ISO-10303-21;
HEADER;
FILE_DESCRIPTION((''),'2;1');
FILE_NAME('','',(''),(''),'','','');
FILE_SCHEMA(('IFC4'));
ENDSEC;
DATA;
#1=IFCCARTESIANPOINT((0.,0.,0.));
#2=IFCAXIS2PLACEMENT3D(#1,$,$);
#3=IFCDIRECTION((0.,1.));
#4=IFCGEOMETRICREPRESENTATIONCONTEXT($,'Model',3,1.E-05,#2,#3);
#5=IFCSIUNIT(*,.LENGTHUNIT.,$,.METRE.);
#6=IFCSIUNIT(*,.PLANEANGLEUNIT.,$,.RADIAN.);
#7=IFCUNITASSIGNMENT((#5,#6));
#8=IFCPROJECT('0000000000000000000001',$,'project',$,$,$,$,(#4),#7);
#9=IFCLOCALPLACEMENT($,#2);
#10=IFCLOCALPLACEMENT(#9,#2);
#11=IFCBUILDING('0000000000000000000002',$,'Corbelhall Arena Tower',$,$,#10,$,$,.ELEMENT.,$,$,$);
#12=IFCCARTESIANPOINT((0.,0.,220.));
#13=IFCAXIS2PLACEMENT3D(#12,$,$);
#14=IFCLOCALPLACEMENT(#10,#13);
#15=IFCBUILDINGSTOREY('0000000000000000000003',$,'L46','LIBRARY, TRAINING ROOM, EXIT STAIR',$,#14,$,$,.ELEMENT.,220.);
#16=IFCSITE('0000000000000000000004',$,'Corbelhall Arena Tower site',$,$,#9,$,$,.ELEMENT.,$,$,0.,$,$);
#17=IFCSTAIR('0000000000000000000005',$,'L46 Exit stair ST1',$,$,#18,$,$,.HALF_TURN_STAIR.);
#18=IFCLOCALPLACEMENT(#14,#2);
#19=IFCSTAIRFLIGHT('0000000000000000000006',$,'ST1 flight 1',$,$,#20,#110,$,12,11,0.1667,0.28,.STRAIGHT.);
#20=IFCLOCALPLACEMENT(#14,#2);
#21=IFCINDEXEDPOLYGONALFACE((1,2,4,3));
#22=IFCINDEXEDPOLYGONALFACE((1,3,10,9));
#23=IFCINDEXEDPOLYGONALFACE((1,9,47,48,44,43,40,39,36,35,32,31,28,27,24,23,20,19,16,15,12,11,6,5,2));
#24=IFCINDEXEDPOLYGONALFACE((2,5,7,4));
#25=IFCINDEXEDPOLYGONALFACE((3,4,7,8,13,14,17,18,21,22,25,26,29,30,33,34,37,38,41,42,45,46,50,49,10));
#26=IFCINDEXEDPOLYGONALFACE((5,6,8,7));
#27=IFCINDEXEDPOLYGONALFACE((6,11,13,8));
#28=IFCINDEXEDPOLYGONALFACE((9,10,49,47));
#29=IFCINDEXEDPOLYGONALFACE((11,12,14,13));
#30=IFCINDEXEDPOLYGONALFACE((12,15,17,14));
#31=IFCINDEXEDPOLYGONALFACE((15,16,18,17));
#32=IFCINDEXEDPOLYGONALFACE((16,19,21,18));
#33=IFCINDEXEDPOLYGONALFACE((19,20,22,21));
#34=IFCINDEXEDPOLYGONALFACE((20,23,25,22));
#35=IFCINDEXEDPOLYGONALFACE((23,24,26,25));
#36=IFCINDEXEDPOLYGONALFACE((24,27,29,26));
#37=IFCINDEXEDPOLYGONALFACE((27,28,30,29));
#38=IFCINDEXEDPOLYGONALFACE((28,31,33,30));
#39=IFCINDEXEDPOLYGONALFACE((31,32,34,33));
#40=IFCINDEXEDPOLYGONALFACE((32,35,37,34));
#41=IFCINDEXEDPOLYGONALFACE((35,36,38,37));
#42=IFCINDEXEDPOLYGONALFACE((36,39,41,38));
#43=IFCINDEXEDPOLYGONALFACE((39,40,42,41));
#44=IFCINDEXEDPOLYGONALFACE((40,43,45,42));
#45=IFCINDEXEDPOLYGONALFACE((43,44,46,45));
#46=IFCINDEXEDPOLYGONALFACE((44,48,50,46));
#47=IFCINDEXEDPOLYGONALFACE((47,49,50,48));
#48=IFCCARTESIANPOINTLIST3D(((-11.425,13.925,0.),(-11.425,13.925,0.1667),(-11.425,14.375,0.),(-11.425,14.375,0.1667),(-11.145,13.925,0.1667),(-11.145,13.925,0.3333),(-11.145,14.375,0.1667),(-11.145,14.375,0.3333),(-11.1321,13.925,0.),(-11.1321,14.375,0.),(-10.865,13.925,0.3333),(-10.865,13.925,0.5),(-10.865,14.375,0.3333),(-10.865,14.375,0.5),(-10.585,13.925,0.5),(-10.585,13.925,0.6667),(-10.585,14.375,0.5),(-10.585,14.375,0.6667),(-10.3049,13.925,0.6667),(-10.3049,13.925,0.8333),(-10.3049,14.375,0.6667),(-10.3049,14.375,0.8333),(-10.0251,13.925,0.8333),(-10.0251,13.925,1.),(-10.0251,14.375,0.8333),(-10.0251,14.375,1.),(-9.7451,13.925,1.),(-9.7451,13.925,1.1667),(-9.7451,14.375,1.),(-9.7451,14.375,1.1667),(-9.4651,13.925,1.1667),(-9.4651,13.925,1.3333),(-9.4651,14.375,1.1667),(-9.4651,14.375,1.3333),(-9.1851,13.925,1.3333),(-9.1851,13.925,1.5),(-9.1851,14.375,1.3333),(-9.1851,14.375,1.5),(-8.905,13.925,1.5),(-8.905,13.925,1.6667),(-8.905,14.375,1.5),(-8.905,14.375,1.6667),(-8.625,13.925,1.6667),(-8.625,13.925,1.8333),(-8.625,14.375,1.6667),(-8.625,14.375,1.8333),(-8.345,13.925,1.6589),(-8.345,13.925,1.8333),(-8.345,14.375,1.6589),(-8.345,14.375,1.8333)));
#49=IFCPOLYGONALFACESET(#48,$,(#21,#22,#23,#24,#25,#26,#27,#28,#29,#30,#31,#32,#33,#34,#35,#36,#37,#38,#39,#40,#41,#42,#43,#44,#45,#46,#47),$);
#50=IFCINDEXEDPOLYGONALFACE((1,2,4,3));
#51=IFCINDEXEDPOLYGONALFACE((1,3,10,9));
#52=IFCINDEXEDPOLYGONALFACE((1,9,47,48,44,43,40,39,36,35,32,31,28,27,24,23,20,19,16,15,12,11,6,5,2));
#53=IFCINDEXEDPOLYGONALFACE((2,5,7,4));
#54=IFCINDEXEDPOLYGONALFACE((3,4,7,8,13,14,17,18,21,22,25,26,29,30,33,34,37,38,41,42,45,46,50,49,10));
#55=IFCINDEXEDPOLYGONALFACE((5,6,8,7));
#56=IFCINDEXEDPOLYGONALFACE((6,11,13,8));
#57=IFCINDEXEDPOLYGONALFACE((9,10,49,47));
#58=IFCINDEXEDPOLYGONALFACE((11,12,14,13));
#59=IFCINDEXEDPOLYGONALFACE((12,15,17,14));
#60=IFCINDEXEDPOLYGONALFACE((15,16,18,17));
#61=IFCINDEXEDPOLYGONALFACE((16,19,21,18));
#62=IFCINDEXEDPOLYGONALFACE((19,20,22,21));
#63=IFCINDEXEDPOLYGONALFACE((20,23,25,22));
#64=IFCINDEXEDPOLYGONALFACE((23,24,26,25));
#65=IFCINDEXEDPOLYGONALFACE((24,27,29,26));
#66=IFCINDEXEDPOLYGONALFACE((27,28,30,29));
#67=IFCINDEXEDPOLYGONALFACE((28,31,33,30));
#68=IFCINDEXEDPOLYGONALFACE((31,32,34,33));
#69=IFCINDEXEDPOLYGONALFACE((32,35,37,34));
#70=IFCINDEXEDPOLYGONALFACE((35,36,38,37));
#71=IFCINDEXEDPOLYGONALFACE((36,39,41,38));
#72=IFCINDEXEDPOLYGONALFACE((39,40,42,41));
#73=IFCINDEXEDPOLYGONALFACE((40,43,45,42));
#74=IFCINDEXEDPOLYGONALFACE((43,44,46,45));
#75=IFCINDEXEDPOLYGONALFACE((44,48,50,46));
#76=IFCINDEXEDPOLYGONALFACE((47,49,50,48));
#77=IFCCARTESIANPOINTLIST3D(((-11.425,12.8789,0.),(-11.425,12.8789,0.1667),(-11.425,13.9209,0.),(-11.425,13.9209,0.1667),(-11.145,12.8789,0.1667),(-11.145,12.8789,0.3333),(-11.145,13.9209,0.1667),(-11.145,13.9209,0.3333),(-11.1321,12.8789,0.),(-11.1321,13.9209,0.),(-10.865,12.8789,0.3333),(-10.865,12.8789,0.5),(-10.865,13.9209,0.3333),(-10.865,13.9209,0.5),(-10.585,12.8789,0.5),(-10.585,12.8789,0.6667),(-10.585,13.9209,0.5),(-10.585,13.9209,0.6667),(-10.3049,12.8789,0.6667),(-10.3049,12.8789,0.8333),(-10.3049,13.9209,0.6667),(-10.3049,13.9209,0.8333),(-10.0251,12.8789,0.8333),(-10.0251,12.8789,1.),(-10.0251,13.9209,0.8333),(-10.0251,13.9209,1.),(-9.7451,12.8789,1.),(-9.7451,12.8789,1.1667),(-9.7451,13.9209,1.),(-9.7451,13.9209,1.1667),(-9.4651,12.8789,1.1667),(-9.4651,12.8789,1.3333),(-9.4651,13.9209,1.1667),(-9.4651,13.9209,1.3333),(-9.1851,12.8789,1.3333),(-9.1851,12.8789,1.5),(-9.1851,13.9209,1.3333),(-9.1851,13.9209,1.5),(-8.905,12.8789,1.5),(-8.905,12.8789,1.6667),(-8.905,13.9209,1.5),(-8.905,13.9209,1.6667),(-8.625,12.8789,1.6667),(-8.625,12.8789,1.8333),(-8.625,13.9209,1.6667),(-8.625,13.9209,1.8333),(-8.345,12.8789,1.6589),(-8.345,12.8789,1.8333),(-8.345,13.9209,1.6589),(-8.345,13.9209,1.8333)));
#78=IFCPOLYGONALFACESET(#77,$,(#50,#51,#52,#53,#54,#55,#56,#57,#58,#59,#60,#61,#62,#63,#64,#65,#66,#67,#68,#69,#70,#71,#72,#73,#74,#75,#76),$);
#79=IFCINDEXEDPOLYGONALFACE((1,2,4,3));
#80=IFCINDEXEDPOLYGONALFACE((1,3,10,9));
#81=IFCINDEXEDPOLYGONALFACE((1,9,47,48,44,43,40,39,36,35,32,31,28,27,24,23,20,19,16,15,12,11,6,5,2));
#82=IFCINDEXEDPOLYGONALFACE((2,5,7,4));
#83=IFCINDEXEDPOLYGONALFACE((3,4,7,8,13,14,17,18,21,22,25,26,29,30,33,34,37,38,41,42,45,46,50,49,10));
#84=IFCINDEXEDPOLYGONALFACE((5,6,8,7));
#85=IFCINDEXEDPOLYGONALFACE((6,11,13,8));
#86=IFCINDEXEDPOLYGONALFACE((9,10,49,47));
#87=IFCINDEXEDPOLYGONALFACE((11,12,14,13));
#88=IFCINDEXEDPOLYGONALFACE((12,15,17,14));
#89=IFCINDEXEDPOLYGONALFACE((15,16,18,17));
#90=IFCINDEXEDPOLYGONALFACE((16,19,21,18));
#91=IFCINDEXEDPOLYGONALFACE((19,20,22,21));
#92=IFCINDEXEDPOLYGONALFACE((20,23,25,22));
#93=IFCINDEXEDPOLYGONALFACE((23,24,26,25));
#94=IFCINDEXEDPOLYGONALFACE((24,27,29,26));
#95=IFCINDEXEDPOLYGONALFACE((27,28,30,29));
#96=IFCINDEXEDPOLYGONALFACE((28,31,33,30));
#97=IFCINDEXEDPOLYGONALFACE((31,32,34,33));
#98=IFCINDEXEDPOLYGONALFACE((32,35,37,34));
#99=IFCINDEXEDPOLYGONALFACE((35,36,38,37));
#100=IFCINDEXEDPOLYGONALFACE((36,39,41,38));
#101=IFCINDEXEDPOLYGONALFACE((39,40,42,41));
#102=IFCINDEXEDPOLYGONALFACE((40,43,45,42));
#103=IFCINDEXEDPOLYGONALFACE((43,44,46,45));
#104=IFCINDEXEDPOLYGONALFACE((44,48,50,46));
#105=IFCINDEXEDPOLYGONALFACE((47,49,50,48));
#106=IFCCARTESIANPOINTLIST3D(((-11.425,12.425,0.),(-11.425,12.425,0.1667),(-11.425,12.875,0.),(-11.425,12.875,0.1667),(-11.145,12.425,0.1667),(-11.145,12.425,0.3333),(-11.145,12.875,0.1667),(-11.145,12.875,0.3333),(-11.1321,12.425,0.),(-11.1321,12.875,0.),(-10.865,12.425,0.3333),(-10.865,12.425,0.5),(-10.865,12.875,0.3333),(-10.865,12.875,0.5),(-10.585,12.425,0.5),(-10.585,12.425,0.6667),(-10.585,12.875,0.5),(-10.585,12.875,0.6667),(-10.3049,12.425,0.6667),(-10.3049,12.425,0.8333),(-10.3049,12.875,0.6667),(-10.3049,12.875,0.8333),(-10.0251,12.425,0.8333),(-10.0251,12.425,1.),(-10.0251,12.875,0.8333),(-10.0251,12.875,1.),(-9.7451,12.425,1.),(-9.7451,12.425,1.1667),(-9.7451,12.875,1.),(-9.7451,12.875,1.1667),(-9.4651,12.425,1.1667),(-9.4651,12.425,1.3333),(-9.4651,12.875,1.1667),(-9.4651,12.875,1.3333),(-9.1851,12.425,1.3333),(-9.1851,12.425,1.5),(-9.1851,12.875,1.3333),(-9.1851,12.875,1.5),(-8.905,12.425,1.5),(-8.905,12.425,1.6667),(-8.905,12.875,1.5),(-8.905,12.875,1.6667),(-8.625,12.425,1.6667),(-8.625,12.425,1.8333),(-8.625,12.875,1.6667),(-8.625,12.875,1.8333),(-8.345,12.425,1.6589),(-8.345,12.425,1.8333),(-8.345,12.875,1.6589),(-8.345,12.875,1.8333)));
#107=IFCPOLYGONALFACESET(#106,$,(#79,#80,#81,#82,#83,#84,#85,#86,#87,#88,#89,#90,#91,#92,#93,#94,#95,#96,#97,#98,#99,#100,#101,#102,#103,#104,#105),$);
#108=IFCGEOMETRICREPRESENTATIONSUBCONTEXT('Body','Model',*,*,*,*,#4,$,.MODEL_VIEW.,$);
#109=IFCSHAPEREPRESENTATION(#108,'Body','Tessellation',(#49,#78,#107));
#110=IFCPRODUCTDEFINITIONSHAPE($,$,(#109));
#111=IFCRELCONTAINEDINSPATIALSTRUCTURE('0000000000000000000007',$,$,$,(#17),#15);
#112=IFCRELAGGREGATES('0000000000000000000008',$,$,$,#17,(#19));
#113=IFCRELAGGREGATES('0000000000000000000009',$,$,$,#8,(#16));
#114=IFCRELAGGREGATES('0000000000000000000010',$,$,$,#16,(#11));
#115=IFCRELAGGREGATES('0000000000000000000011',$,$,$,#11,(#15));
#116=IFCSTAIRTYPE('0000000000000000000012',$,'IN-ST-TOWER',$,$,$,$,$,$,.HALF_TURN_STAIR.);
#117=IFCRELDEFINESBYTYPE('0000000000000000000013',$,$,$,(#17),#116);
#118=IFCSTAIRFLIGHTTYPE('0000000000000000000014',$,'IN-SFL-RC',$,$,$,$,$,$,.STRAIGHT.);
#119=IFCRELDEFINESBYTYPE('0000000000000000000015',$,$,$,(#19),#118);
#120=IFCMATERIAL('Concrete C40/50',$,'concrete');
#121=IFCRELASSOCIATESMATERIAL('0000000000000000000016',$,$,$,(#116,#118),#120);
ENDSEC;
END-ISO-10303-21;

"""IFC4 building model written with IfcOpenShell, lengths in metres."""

from ifc_helpers import new_model, si_unit, direction, frame, origin, place, context, subcontext, project, spatial, polyline, outline, extrude, material, type_object, element, aggregate, save


model = new_model("IFC4")

# Units and contexts
model_context = context("Model", 3, precision=1e-05, world=origin(), true_north=direction((0.0, 1.0)))
body_context = subcontext(model_context, "Body", "Model", "MODEL_VIEW")
ifc_project = project(units=[si_unit("LENGTHUNIT", "METRE"), si_unit("PLANEANGLEUNIT", "RADIAN")], contexts=[model_context])

# Site, building, storey
site_placement = place(None, origin())
site = spatial("IfcSite", under=ifc_project, at=site_placement, Name="Corbelhall Arena Tower site", CompositionType="ELEMENT", RefElevation=0.0)
building_placement = place(site_placement, origin())
building = spatial("IfcBuilding", under=site, at=building_placement, Name="Corbelhall Arena Tower", CompositionType="ELEMENT")
storey_placement = place(building_placement, frame((0.0, 0.0, 220.0)))
storey = spatial("IfcBuildingStorey", under=building, at=storey_placement, Name="L46", Description="LIBRARY, TRAINING ROOM, EXIT STAIR", CompositionType="ELEMENT", Elevation=220.0)

# Shared definitions
ifc_material_1 = material(Name="Concrete C40/50", Category="concrete")

# Stair, stair flight
stair_type = type_object("IfcStairType", Name="IN-ST-TOWER", PredefinedType="HALF_TURN_STAIR", material=ifc_material_1)
stair_placement = place(storey_placement, origin())
stair = element("IfcStair", 1, at=stair_placement, inside=storey, type_object=stair_type, Name="L46 Exit stair ST1", PredefinedType="HALF_TURN_STAIR")
stair_flight_type = type_object("IfcStairFlightType", Name="IN-SFL-RC", PredefinedType="STRAIGHT", material=ifc_material_1)
stair_flight_placement = place(storey_placement, frame((-11.425, 13.3999, 0.0), z_axis=(0.0, 0.0, 1.0), x_axis=(1.0, 0.0, 0.0)))
stair_flight = element("IfcStairFlight", 2, at=stair_flight_placement, type_object=stair_flight_type, Name="ST1 flight 1", NumberOfRisers=12, NumberOfTreads=11, PredefinedType="STRAIGHT", RiserHeight=0.1667, TreadLength=0.28, context=body_context, shape_type="SweptSolid", body=[
    extrude(outline(polyline([(0.0, 0.0), (0.0, 0.1667), (0.28, 0.1667), (0.28, 0.3333), (0.5601, 0.3333), (0.5601, 0.5), (0.8401, 0.5), (0.8401, 0.6667), (1.1201, 0.6667), (1.1201, 0.8333), (1.3999, 0.8333), (1.3999, 1.0), (1.6799, 1.0), (1.6799, 1.1667), (1.96, 1.1667), (1.96, 1.3333), (2.24, 1.3333), (2.24, 1.5), (2.52, 1.5), (2.52, 1.6667), (2.8, 1.6667), (2.8, 1.8333), (3.0801, 1.8333), (3.0801, 2.0), (3.0801, 1.6589), (0.293, 0.0), (0.0, 0.0)])), frame((0.0, 0.9751, 0.0), z_axis=(0.0, -1.0, 0.0), x_axis=(1.0, 0.0, 0.0)), (0.0, 0.0, 1.0), 0.45),
    extrude(outline(polyline([(0.0, 0.0), (0.0, 0.1667), (0.28, 0.1667), (0.28, 0.3333), (0.5601, 0.3333), (0.5601, 0.5), (0.8401, 0.5), (0.8401, 0.6667), (1.1201, 0.6667), (1.1201, 0.8333), (1.3999, 0.8333), (1.3999, 1.0), (1.6799, 1.0), (1.6799, 1.1667), (1.96, 1.1667), (1.96, 1.3333), (2.24, 1.3333), (2.24, 1.5), (2.52, 1.5), (2.52, 1.6667), (2.8, 1.6667), (2.8, 1.8333), (3.0801, 1.8333), (3.0801, 2.0), (3.0801, 1.6589), (0.293, 0.0), (0.0, 0.0)])), frame((0.0, 0.521, 0.0), z_axis=(0.0, -1.0, 0.0), x_axis=(1.0, 0.0, 0.0)), (0.0, 0.0, 1.0), 1.042),
    extrude(outline(polyline([(0.0, 0.0), (0.0, 0.1667), (0.28, 0.1667), (0.28, 0.3333), (0.5601, 0.3333), (0.5601, 0.5), (0.8401, 0.5), (0.8401, 0.6667), (1.1201, 0.6667), (1.1201, 0.8333), (1.3999, 0.8333), (1.3999, 1.0), (1.6799, 1.0), (1.6799, 1.1667), (1.96, 1.1667), (1.96, 1.3333), (2.24, 1.3333), (2.24, 1.5), (2.52, 1.5), (2.52, 1.6667), (2.8, 1.6667), (2.8, 1.8333), (3.0801, 1.8333), (3.0801, 2.0), (3.0801, 1.6589), (0.293, 0.0), (0.0, 0.0)])), frame((0.0, -0.5249, 0.0), z_axis=(0.0, -1.0, 0.0), x_axis=(1.0, 0.0, 0.0)), (0.0, 0.0, 1.0), 0.45),
])
aggregate(stair, [stair_flight])

save(model, "model.ifc")
